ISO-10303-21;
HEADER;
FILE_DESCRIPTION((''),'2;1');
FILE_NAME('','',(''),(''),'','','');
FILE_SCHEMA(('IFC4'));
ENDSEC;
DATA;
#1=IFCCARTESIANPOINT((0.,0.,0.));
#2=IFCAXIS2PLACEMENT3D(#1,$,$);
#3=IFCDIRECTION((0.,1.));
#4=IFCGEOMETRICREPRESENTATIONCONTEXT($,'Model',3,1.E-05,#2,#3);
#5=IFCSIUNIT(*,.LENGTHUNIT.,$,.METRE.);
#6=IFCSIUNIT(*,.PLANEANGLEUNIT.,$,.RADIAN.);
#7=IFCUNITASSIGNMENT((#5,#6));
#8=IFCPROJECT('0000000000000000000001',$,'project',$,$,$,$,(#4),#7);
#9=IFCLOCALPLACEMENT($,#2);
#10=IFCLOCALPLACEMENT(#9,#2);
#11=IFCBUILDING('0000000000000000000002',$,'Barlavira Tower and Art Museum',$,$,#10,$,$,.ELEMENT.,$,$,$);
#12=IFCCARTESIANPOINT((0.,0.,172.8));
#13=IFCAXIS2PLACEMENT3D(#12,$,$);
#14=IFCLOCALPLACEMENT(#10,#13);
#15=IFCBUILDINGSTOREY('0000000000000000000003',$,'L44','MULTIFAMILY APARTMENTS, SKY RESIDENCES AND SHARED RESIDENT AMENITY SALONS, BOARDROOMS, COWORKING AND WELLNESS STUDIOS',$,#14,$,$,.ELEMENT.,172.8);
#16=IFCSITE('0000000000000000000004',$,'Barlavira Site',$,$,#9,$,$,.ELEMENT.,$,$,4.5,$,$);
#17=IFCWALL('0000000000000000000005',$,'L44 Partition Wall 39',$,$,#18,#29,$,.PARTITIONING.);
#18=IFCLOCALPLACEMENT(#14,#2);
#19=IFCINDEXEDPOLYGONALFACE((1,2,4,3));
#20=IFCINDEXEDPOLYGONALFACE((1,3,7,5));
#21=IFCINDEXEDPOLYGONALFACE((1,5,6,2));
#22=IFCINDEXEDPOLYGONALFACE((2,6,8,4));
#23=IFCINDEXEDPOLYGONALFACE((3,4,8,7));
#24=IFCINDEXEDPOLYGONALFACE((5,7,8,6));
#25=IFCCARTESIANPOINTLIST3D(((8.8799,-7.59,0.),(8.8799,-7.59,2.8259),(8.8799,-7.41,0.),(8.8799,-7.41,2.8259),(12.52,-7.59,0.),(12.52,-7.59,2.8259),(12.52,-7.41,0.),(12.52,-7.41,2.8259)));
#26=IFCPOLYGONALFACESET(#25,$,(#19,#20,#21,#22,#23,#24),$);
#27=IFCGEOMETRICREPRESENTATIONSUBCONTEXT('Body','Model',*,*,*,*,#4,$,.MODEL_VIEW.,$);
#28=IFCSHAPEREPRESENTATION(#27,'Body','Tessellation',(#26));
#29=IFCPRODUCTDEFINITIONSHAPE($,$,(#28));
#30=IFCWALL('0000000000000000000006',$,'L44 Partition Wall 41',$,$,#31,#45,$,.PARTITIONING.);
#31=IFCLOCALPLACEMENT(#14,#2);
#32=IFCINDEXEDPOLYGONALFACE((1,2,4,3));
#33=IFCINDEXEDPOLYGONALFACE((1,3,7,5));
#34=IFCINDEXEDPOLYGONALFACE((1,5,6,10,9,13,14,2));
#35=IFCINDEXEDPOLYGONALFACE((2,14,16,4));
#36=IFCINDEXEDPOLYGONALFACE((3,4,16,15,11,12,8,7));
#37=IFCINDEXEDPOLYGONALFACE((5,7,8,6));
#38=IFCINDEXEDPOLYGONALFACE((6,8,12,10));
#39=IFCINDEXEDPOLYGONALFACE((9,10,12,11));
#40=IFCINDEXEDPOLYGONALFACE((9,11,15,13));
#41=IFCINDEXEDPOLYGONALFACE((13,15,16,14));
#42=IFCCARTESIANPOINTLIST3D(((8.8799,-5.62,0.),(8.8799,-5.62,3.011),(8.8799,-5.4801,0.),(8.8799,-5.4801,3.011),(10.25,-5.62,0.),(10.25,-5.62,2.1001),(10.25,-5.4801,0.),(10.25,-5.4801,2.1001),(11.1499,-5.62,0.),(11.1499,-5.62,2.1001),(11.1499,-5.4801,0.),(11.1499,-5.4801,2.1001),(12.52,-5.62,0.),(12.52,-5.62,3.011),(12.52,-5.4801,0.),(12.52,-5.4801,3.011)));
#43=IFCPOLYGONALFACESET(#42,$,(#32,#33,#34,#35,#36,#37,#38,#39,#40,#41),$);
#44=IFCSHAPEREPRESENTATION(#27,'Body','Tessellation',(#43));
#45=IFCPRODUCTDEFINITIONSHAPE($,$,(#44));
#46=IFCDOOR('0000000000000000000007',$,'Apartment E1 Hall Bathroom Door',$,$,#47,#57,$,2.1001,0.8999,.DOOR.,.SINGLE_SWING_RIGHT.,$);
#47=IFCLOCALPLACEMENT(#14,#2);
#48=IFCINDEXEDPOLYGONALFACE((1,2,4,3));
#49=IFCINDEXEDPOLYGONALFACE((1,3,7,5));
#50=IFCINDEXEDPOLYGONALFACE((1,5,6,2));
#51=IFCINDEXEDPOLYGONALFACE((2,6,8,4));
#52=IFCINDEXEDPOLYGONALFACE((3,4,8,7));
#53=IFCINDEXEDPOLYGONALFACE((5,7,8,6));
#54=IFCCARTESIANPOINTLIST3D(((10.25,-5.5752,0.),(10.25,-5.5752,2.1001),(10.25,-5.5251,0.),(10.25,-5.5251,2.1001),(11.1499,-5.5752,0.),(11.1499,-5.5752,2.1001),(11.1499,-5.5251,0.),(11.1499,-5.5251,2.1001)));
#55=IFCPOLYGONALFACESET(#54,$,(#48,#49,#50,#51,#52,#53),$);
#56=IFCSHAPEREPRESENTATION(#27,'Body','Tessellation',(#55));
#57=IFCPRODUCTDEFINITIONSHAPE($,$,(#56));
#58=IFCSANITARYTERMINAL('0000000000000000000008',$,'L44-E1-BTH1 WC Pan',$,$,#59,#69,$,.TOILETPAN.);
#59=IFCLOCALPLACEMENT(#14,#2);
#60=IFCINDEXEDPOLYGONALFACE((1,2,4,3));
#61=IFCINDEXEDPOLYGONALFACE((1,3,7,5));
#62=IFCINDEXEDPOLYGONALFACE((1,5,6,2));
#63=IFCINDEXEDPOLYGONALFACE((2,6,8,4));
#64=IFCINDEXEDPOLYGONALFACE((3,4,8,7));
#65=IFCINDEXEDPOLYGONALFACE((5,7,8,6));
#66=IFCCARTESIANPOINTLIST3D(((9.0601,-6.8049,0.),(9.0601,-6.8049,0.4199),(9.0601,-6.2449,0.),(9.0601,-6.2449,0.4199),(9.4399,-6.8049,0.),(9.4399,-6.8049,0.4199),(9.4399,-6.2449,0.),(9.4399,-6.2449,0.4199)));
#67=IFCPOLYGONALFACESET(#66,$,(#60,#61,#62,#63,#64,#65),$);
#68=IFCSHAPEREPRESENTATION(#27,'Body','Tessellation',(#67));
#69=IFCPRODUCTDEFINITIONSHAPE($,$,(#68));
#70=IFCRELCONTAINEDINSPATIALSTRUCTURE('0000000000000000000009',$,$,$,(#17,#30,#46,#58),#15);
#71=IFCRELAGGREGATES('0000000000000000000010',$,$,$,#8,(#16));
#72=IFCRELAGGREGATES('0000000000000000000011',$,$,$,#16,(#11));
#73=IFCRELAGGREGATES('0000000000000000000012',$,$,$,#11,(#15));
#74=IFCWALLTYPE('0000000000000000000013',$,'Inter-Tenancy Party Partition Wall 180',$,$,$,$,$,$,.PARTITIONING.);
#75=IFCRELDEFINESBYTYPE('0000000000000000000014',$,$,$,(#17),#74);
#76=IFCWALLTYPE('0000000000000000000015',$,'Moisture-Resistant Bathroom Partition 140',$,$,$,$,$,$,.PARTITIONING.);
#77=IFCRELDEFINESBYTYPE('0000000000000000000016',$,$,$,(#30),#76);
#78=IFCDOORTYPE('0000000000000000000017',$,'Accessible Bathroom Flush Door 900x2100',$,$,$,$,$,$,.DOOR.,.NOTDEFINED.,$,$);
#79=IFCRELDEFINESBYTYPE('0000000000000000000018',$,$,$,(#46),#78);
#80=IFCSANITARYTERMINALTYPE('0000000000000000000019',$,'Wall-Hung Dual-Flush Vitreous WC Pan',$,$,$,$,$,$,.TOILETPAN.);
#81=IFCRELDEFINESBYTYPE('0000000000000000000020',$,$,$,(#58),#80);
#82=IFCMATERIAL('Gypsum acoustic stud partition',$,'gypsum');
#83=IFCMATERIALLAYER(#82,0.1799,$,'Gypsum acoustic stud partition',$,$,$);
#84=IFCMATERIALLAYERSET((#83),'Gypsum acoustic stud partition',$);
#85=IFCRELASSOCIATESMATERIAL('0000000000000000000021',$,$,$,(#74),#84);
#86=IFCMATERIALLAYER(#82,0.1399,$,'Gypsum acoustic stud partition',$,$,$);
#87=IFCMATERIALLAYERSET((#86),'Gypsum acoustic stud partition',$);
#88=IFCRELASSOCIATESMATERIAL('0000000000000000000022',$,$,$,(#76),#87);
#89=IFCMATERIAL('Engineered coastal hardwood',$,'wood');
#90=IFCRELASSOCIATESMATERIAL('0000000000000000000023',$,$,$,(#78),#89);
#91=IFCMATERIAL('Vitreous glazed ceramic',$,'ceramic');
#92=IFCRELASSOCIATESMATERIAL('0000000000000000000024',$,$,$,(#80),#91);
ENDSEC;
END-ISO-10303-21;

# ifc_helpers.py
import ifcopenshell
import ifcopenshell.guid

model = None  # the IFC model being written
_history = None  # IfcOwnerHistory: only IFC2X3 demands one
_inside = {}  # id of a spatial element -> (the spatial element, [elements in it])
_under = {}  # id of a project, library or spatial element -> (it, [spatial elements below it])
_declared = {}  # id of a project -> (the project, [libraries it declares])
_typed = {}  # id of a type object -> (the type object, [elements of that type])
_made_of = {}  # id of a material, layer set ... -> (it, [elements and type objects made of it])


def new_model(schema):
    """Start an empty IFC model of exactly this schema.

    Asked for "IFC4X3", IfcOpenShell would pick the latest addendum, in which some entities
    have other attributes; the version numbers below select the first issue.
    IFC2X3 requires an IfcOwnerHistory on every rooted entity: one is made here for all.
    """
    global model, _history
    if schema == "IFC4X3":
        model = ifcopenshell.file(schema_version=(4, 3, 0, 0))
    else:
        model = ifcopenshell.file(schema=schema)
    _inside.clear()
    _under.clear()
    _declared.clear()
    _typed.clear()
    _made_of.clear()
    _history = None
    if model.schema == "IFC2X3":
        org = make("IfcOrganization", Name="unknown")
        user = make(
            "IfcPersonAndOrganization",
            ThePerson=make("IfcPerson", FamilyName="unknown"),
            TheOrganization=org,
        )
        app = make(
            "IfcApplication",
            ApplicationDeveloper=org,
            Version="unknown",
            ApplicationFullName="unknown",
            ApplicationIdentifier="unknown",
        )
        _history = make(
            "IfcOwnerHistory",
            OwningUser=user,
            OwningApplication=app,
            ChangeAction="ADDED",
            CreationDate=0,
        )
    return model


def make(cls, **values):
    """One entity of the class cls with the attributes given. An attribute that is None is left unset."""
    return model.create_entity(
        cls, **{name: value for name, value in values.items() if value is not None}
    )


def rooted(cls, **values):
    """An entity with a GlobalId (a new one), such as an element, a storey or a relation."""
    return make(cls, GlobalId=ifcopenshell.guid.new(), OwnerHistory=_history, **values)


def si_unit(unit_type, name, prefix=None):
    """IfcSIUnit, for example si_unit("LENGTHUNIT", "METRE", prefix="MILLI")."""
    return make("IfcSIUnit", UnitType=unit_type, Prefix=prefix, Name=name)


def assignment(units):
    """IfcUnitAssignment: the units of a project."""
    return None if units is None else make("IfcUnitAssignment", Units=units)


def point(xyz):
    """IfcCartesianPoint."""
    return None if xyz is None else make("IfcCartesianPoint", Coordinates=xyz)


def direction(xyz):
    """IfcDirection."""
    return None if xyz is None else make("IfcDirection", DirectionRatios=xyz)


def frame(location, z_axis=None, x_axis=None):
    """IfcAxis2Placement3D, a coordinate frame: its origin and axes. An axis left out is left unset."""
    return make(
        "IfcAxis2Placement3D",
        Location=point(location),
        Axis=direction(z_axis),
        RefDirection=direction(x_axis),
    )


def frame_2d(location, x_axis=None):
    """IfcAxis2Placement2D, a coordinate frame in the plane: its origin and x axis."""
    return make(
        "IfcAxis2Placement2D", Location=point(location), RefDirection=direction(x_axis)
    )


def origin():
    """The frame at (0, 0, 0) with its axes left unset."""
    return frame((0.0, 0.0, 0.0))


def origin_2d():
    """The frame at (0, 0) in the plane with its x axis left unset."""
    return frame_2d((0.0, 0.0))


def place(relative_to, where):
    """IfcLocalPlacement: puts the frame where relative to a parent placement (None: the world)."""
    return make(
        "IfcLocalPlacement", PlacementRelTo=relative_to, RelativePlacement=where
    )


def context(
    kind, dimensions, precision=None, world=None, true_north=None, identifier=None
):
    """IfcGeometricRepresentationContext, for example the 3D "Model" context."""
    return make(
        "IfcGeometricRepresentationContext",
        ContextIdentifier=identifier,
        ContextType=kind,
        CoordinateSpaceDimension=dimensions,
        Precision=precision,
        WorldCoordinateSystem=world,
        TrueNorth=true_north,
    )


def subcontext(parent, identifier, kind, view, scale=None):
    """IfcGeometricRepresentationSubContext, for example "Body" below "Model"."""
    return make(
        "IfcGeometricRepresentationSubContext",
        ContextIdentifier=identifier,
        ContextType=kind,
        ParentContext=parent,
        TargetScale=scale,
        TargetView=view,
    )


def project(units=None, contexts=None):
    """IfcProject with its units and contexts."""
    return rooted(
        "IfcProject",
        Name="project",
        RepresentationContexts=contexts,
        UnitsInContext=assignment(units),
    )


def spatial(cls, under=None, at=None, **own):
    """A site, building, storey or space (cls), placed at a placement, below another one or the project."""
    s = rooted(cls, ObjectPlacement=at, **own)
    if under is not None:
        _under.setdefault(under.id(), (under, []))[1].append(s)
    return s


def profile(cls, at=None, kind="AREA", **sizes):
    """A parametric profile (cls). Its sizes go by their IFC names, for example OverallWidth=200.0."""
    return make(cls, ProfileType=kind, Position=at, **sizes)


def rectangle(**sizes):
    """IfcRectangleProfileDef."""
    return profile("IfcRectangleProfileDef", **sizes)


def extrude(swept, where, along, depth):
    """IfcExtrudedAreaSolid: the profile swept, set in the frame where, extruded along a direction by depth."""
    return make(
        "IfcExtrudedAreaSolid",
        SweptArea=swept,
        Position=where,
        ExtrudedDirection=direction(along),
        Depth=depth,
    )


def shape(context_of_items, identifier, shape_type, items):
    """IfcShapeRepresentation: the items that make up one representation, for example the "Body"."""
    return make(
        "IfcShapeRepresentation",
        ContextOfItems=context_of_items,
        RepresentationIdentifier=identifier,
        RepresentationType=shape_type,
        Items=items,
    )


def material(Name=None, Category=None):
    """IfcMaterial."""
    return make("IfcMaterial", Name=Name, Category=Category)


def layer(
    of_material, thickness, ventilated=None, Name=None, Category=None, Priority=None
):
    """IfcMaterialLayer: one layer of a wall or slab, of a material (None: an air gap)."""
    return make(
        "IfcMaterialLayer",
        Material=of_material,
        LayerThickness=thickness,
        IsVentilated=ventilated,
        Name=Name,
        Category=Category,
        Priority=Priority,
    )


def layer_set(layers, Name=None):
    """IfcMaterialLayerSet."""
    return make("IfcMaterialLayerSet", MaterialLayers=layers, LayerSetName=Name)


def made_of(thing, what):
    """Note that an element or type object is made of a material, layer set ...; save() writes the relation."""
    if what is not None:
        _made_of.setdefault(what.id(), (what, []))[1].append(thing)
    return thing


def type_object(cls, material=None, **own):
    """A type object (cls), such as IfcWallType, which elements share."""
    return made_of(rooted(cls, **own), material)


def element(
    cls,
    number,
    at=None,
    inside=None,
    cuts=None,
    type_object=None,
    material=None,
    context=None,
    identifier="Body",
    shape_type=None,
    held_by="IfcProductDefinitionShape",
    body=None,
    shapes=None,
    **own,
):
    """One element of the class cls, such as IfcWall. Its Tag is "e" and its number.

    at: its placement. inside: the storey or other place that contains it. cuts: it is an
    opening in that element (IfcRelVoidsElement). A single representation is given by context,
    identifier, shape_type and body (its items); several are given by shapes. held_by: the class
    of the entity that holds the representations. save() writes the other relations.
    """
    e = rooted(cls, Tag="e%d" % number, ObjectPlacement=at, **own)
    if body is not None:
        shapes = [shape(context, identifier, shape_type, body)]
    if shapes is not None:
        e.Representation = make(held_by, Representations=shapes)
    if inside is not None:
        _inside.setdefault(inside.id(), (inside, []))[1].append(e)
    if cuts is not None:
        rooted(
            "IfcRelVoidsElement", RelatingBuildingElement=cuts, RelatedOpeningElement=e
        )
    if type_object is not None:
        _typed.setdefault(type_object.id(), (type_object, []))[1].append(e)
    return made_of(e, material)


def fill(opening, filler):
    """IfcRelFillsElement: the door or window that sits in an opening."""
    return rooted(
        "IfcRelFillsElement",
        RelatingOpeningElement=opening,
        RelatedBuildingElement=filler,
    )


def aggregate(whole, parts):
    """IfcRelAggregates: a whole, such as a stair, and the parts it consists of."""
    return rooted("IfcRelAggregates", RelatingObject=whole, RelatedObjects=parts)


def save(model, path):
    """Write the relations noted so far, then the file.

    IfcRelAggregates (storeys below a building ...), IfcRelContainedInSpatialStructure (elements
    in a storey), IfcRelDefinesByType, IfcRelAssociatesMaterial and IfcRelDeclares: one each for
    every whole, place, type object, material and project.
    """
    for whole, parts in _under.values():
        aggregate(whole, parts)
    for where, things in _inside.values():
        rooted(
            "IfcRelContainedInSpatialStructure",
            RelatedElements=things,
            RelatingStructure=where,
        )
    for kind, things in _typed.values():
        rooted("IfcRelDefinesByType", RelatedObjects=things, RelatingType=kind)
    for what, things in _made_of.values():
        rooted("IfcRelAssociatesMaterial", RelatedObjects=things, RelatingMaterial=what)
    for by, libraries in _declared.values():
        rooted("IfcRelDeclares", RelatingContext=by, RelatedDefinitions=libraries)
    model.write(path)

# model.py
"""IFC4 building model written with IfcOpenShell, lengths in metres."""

from ifc_helpers import new_model, si_unit, direction, frame, frame_2d, origin, origin_2d, place, context, subcontext, project, spatial, rectangle, extrude, material, layer, layer_set, type_object, element, fill, save


model = new_model("IFC4")

# Units and contexts
model_context = context("Model", 3, precision=1e-05, world=origin(), true_north=direction((0.0, 1.0)))
body_context = subcontext(model_context, "Body", "Model", "MODEL_VIEW")
ifc_project = project(units=[si_unit("LENGTHUNIT", "METRE"), si_unit("PLANEANGLEUNIT", "RADIAN")], contexts=[model_context])

# Site, building, storey
site_placement = place(None, origin())
site = spatial("IfcSite", under=ifc_project, at=site_placement, Name="Barlavira Site", CompositionType="ELEMENT", RefElevation=4.5)
building_placement = place(site_placement, origin())
building = spatial("IfcBuilding", under=site, at=building_placement, Name="Barlavira Tower and Art Museum", CompositionType="ELEMENT")
storey_placement = place(building_placement, frame((0.0, 0.0, 172.8)))
storey = spatial("IfcBuildingStorey", under=building, at=storey_placement, Name="L44", Description="MULTIFAMILY APARTMENTS, SKY RESIDENCES AND SHARED RESIDENT AMENITY SALONS, BOARDROOMS, COWORKING AND WELLNESS STUDIOS", CompositionType="ELEMENT", Elevation=172.8)

# Shared definitions
ifc_material_1 = material(Name="Gypsum acoustic stud partition", Category="gypsum")
ifc_material_2 = material(Name="Engineered coastal hardwood", Category="wood")

# Shared definitions
ifc_layer_1 = layer(ifc_material_1, 0.1799, Name="Gypsum acoustic stud partition")
ifc_layer_set_1 = layer_set([ifc_layer_1], Name="Gypsum acoustic stud partition")
wall_type_1 = type_object("IfcWallType", Name="Inter-Tenancy Party Partition Wall 180", PredefinedType="PARTITIONING", material=ifc_layer_set_1)

# Wall
wall_1_placement = place(storey_placement, frame((8.8799, -7.5, 0.0), z_axis=(0.0, 0.0, 1.0), x_axis=(1.0, 0.0, 0.0)))
element("IfcWall", 1, at=wall_1_placement, inside=storey, type_object=wall_type_1, Name="L44 Partition Wall 39", PredefinedType="PARTITIONING", context=body_context, shape_type="SweptSolid", body=[
    extrude(rectangle(XDim=3.6401, YDim=0.1799, at=frame_2d((1.8201, 0.0))), origin(), (0.0, 0.0, 1.0), 2.8259),
])

# Wall, opening, door
ifc_layer_2 = layer(ifc_material_1, 0.1399, Name="Gypsum acoustic stud partition")
ifc_layer_set_2 = layer_set([ifc_layer_2], Name="Gypsum acoustic stud partition")
wall_type_2 = type_object("IfcWallType", Name="Moisture-Resistant Bathroom Partition 140", PredefinedType="PARTITIONING", material=ifc_layer_set_2)
wall_2_placement = place(storey_placement, frame((8.8799, -5.55, 0.0), z_axis=(0.0, 0.0, 1.0), x_axis=(1.0, 0.0, 0.0)))
wall_2 = element("IfcWall", 2, at=wall_2_placement, inside=storey, type_object=wall_type_2, Name="L44 Partition Wall 41", PredefinedType="PARTITIONING", context=body_context, shape_type="SweptSolid", body=[
    extrude(rectangle(XDim=3.6401, YDim=0.1399, at=frame_2d((1.8201, 0.0))), origin(), (0.0, 0.0, 1.0), 3.011),
])
opening_1_placement = place(wall_2_placement, frame((1.3701, 0.0, 0.0)))
opening_1 = element("IfcOpeningElement", 3, at=opening_1_placement, cuts=wall_2, PredefinedType="OPENING", context=body_context, shape_type="SweptSolid", body=[
    extrude(rectangle(XDim=0.8999, YDim=2.1001, at=frame_2d((0.45, 1.05))), frame((0.0, 0.0801, 0.0), z_axis=(0.0, -1.0, 0.0), x_axis=(1.0, 0.0, 0.0)), (0.0, 0.0, 1.0), 0.1599),
])
door_type_1 = type_object("IfcDoorType", Name="Accessible Bathroom Flush Door 900x2100", OperationType="NOTDEFINED", PredefinedType="DOOR", material=ifc_material_2)
door_1_placement = place(opening_1_placement, origin())
door_1 = element("IfcDoor", 4, at=door_1_placement, inside=storey, type_object=door_type_1, Name="Apartment E1 Hall Bathroom Door", OperationType="SINGLE_SWING_RIGHT", OverallHeight=2.1001, OverallWidth=0.8999, PredefinedType="DOOR", context=body_context, shape_type="SweptSolid", body=[
    extrude(rectangle(XDim=0.8999, YDim=2.1001, at=frame_2d((0.45, 1.05))), frame((0.0, 0.0249, 0.0), z_axis=(0.0, -1.0, 0.0), x_axis=(1.0, 0.0, 0.0)), (0.0, 0.0, 1.0), 0.05),
])
fill(opening_1, door_1)

# Sanitary terminal
ifc_material_3 = material(Name="Vitreous glazed ceramic", Category="ceramic")
sanitary_terminal_type = type_object("IfcSanitaryTerminalType", Name="Wall-Hung Dual-Flush Vitreous WC Pan", PredefinedType="TOILETPAN", material=ifc_material_3)
sanitary_terminal_placement = place(storey_placement, frame((9.25, -6.5249, 0.0), z_axis=(0.0, 0.0, 1.0), x_axis=(1.0, 0.0, 0.0)))
element("IfcSanitaryTerminal", 5, at=sanitary_terminal_placement, inside=storey, type_object=sanitary_terminal_type, Name="L44-E1-BTH1 WC Pan", PredefinedType="TOILETPAN", context=body_context, shape_type="SweptSolid", body=[
    extrude(rectangle(XDim=0.3799, YDim=0.5601, at=origin_2d()), origin(), (0.0, 0.0, 1.0), 0.4199),
])

save(model, "model.ifc")
